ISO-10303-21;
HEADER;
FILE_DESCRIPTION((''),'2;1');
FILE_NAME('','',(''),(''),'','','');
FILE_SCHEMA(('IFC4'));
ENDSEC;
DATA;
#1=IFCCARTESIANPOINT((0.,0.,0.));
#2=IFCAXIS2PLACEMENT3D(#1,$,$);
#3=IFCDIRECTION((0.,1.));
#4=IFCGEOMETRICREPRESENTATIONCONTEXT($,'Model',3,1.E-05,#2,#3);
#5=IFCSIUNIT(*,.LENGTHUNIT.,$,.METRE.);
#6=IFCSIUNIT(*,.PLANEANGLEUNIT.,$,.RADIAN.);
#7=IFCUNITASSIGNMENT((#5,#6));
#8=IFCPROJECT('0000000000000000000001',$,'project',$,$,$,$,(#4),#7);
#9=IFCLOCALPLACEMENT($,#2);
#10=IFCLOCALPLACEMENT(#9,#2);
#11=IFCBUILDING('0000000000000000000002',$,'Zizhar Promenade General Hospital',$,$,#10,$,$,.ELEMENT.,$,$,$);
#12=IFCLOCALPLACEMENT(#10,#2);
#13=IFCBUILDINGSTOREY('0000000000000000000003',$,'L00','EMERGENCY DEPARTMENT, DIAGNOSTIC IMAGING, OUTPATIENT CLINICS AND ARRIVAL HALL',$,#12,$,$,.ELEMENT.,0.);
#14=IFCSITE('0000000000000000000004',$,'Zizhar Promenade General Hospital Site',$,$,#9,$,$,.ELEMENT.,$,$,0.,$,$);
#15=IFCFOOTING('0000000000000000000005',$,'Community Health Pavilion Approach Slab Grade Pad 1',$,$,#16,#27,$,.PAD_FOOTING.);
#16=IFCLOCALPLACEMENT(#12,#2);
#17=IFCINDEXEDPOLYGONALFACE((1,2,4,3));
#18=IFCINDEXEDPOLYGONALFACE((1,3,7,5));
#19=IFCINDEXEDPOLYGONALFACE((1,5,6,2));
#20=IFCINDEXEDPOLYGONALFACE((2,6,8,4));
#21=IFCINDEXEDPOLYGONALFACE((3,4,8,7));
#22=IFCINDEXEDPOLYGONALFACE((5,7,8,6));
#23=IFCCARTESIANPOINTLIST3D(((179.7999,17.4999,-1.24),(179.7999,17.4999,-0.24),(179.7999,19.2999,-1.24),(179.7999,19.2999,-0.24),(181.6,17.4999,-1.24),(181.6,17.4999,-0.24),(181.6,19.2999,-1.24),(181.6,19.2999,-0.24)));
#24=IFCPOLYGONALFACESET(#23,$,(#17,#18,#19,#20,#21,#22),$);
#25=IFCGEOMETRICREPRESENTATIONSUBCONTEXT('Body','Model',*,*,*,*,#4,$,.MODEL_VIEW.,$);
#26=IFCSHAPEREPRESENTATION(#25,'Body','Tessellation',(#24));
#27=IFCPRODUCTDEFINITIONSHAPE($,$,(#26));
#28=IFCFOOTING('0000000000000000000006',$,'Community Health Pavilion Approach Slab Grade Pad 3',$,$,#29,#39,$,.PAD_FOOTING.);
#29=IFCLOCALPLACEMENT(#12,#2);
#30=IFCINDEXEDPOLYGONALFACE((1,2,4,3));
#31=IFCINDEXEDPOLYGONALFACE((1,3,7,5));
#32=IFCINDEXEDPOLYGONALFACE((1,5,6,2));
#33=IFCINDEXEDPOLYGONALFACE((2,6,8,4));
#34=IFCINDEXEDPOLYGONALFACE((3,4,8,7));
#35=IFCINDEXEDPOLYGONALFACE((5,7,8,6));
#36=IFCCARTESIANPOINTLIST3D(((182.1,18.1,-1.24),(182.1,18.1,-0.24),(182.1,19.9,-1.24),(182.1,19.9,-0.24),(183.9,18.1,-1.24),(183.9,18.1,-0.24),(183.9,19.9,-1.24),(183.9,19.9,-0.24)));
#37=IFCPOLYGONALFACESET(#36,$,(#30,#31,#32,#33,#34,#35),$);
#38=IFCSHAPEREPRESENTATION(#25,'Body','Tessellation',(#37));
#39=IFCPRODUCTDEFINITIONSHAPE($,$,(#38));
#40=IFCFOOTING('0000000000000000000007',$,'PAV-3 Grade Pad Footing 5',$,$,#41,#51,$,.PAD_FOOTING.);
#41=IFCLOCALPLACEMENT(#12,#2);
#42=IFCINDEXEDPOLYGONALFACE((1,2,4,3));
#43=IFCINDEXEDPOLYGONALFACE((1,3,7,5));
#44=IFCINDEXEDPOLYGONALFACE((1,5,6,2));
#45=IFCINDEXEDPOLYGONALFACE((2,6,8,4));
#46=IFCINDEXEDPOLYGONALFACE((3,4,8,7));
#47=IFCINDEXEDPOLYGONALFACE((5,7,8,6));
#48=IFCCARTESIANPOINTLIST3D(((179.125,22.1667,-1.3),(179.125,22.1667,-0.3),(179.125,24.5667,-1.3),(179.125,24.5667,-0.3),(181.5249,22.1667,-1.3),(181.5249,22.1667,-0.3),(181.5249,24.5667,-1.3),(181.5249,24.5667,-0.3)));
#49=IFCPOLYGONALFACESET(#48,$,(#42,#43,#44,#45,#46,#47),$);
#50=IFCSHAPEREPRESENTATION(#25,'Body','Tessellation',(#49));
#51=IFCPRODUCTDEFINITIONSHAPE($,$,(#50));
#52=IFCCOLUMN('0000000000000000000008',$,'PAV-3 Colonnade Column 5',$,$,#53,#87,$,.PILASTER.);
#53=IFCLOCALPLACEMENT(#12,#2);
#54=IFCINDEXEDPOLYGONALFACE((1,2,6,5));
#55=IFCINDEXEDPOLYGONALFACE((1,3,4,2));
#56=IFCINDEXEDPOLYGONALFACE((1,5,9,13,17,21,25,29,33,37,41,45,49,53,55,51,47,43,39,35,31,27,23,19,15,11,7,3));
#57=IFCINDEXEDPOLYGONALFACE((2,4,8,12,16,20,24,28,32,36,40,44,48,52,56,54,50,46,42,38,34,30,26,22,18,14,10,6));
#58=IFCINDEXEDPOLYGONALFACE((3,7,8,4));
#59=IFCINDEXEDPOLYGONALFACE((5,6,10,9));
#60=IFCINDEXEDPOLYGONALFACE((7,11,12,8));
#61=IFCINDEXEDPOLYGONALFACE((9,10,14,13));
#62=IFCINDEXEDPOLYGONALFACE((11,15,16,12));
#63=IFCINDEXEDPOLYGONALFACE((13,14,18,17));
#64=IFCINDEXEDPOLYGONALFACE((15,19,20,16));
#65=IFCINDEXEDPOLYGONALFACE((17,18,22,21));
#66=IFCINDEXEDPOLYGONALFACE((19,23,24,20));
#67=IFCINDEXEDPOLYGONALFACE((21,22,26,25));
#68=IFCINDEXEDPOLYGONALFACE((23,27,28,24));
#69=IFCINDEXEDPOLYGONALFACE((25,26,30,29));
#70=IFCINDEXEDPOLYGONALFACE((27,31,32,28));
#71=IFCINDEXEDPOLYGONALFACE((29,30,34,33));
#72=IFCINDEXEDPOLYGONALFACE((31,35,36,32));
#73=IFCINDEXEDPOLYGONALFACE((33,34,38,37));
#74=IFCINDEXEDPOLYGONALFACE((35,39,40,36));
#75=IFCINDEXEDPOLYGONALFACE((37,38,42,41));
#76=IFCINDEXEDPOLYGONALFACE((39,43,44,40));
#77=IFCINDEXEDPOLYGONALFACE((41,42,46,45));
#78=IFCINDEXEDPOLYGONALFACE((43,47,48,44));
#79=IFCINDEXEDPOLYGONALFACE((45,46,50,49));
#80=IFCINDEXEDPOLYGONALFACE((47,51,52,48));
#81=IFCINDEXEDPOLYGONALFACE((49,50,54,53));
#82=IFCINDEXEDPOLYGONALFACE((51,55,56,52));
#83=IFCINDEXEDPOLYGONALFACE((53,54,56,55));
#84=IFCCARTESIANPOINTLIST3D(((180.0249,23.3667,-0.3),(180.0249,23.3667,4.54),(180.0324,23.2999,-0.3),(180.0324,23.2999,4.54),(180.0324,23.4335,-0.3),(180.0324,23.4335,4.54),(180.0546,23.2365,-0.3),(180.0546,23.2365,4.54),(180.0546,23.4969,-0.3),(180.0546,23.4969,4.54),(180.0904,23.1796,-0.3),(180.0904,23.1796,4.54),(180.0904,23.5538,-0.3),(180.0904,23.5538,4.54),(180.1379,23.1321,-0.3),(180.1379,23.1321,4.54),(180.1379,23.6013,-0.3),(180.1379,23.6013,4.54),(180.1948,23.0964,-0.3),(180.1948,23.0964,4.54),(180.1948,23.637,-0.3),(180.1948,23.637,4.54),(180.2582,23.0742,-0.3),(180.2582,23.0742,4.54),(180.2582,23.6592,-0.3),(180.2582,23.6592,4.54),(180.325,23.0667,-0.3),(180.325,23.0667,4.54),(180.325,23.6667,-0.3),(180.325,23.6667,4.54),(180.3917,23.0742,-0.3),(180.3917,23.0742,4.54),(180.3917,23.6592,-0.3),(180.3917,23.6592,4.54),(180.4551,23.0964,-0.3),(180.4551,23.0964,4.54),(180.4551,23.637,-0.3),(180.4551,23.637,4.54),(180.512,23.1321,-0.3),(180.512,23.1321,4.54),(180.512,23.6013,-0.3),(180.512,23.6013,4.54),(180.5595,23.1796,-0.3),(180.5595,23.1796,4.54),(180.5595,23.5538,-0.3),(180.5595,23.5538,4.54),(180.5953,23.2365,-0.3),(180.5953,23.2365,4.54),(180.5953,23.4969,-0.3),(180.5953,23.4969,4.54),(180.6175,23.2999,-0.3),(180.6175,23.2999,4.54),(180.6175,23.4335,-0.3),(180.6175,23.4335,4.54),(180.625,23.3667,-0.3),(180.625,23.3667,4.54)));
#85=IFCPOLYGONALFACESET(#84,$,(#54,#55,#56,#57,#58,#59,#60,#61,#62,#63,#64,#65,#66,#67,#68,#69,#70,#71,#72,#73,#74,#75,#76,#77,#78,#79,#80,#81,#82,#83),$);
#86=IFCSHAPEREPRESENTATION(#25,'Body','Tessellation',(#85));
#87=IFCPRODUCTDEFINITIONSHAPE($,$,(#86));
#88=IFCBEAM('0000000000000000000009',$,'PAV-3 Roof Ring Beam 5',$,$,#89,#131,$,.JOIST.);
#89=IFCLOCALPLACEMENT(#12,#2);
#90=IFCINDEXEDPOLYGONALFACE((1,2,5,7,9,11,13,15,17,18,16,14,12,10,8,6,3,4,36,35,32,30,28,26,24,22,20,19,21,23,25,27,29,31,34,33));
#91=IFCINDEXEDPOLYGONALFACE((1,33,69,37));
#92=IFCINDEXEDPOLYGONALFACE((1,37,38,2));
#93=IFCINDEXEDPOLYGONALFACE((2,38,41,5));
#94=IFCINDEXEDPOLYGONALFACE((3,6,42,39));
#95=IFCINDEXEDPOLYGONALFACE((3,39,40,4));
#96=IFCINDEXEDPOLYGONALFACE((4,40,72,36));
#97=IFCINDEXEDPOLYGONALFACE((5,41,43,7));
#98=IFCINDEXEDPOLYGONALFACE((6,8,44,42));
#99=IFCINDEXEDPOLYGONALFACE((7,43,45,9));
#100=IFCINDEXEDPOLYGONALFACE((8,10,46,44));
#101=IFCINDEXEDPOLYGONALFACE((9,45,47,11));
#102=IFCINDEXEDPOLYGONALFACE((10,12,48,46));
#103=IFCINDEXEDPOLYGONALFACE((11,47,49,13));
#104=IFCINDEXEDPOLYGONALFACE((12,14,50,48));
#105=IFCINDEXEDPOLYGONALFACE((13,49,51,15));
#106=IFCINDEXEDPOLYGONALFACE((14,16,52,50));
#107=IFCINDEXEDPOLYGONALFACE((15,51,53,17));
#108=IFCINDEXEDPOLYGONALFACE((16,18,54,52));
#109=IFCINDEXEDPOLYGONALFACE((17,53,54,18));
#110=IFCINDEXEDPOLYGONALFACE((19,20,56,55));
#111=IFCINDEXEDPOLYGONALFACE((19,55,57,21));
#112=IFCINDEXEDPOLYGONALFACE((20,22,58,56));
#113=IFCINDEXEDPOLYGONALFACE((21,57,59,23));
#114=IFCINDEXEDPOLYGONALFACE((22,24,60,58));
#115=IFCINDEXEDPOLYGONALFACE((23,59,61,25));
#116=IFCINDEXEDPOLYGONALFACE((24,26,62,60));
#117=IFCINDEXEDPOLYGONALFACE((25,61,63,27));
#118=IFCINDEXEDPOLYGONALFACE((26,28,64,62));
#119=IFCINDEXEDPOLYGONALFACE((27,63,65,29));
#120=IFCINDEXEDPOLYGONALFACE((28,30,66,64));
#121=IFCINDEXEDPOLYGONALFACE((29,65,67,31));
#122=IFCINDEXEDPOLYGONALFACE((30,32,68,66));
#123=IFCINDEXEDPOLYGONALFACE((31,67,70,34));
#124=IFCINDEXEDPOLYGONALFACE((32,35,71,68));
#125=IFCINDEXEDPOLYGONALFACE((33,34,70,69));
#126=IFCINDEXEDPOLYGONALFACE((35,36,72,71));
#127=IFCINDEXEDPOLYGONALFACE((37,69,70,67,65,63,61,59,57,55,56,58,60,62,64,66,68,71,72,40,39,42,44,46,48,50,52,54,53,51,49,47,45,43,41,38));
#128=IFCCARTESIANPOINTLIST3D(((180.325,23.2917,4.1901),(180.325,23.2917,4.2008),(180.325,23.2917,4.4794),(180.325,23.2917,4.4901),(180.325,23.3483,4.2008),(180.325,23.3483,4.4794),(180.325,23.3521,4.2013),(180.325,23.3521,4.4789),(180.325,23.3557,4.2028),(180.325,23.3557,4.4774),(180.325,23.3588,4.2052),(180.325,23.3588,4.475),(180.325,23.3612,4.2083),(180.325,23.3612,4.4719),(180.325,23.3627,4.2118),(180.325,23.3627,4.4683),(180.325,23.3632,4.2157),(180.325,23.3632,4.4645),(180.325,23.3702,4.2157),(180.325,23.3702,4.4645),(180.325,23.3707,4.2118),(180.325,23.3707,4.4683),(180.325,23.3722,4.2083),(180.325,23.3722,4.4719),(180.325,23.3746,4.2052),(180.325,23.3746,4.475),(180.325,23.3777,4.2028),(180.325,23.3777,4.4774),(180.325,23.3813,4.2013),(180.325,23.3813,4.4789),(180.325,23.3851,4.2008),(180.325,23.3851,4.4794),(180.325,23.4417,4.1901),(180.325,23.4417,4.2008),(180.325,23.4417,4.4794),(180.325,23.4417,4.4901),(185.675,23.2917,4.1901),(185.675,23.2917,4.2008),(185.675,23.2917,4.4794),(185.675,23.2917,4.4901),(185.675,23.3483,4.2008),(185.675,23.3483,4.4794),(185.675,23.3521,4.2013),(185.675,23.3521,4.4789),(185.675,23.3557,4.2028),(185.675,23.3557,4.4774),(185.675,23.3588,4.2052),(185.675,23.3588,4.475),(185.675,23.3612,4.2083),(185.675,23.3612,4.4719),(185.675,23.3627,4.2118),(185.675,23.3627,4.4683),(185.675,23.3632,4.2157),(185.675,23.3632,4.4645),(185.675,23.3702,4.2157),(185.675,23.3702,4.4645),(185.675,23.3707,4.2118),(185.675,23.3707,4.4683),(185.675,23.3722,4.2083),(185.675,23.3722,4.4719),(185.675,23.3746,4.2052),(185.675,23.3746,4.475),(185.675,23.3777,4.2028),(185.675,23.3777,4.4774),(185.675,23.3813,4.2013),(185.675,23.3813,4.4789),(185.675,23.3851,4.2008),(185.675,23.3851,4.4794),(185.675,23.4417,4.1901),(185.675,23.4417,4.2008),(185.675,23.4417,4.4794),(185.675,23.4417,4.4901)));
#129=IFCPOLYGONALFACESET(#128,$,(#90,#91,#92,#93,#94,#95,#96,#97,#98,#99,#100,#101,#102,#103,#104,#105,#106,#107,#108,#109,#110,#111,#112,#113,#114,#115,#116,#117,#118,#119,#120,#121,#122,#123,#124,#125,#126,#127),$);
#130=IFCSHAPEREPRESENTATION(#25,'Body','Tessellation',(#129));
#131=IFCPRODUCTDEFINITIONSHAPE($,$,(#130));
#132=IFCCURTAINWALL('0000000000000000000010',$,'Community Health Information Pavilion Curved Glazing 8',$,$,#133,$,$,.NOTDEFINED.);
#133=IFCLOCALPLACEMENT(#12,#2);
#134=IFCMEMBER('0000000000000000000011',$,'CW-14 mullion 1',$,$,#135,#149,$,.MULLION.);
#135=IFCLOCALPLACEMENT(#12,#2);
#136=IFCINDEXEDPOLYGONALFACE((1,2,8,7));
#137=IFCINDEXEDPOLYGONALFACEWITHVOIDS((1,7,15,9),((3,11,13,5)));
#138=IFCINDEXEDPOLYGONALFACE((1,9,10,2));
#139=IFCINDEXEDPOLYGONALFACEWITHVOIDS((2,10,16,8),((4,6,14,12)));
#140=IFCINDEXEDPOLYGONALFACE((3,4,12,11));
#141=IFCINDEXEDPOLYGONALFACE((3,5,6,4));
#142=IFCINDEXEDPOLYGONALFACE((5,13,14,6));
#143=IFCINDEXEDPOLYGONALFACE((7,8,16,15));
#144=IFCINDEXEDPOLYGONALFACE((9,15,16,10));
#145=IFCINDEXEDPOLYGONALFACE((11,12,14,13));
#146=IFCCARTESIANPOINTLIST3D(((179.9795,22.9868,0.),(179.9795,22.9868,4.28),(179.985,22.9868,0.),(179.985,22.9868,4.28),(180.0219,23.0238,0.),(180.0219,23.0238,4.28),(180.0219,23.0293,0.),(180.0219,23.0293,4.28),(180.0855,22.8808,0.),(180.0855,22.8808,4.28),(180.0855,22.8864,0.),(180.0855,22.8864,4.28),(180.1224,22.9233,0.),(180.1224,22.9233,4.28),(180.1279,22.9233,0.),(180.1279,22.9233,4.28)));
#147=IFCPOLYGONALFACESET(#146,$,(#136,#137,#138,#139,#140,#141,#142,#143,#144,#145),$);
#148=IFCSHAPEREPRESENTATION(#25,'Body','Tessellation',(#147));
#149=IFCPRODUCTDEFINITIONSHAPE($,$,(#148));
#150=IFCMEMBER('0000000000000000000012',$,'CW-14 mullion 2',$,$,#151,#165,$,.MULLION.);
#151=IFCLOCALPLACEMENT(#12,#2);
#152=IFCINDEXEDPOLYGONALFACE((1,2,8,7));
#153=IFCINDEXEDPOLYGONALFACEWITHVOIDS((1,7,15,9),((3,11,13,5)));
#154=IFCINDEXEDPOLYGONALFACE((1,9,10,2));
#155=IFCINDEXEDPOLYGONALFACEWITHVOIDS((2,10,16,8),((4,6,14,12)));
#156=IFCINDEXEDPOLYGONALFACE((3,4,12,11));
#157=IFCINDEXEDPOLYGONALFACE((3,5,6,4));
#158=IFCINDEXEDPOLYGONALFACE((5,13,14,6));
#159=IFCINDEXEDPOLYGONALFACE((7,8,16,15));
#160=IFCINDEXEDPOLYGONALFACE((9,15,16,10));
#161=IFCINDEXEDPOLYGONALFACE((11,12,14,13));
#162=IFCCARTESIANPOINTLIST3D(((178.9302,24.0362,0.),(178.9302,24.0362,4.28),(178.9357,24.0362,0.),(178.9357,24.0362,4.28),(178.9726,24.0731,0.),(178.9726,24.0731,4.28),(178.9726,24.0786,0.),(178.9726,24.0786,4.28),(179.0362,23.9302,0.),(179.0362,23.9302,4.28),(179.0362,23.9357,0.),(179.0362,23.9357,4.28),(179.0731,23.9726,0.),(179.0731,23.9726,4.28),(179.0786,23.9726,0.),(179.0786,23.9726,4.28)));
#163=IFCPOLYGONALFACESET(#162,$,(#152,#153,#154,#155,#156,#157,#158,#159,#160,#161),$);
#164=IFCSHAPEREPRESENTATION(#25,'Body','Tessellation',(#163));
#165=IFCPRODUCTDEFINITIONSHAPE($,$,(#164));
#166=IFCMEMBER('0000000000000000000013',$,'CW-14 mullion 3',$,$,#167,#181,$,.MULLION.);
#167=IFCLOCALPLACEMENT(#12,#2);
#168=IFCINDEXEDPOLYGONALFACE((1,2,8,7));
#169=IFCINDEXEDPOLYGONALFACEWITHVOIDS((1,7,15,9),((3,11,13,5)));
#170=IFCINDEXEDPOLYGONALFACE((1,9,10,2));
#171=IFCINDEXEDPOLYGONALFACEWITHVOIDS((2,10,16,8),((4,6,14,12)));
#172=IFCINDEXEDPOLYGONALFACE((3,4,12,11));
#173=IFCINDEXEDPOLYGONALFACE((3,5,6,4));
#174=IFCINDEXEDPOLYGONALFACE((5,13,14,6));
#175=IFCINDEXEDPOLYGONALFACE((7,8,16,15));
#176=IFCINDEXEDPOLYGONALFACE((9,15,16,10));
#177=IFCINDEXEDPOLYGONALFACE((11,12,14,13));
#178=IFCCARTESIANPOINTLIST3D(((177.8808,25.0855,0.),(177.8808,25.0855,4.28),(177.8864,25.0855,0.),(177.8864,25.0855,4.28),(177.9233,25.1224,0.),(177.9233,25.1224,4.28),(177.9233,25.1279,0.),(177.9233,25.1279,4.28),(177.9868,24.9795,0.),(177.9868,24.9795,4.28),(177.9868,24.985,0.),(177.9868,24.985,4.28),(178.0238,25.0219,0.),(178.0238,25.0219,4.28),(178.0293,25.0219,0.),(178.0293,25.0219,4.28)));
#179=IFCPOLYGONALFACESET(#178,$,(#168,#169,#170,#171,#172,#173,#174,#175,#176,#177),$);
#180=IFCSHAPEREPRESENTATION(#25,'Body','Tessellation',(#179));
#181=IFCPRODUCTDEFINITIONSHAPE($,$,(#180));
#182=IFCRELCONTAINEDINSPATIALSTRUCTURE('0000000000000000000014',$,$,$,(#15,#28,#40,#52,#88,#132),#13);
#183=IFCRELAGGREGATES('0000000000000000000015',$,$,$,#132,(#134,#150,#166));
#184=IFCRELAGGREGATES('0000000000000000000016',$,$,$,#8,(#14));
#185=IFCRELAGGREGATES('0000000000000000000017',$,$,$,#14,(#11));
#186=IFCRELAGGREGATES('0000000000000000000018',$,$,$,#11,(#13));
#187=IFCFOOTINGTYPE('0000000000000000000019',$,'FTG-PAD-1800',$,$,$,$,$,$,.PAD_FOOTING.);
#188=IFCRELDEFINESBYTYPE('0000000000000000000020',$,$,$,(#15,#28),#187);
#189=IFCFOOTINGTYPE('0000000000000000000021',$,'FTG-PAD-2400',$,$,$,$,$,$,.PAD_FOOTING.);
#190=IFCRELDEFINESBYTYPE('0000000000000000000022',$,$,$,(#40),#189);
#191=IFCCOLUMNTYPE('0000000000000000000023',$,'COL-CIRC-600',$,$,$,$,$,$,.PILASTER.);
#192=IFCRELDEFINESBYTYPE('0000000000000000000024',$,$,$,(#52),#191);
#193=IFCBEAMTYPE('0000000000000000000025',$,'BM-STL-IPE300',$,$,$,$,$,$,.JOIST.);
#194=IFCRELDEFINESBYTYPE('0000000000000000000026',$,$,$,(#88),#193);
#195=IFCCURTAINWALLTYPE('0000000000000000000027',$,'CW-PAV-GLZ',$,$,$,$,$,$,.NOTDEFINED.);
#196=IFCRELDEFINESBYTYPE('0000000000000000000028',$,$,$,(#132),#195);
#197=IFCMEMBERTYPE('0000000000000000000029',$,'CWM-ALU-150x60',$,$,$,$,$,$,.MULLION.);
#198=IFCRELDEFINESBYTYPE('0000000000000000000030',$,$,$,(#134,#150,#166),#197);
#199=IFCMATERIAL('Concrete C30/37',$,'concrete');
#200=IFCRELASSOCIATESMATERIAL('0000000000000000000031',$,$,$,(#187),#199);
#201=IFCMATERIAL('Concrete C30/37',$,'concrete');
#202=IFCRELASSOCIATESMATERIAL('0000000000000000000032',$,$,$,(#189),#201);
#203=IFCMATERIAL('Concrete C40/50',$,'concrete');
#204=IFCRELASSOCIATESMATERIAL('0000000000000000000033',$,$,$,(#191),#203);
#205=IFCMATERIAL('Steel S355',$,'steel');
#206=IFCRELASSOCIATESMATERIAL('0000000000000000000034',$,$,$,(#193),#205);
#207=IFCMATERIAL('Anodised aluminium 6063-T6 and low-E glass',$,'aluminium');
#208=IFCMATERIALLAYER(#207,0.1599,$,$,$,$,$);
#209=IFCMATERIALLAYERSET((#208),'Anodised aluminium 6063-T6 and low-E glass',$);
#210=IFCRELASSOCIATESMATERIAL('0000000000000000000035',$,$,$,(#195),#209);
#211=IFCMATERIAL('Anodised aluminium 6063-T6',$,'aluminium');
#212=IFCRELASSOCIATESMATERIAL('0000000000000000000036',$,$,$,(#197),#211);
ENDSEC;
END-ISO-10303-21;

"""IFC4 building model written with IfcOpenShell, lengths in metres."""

from ifc_helpers import new_model, si_unit, direction, frame, origin, origin_2d, place, context, subcontext, project, spatial, rectangle, hollow_rectangle, circle, i_section, extrude, material, layer, layer_set, material_profile, profile_set, type_object, element, aggregate, save


model = new_model("IFC4")

# Units and contexts
model_context = context("Model", 3, precision=1e-05, world=origin(), true_north=direction((0.0, 1.0)))
body_context = subcontext(model_context, "Body", "Model", "MODEL_VIEW")
ifc_project = project(units=[si_unit("LENGTHUNIT", "METRE"), si_unit("PLANEANGLEUNIT", "RADIAN")], contexts=[model_context])

# Site, building, storey
site_placement = place(None, origin())
site = spatial("IfcSite", under=ifc_project, at=site_placement, Name="Zizhar Promenade General Hospital Site", CompositionType="ELEMENT", RefElevation=0.0)
building_placement = place(site_placement, origin())
building = spatial("IfcBuilding", under=site, at=building_placement, Name="Zizhar Promenade General Hospital", CompositionType="ELEMENT")
storey_placement = place(building_placement, origin())
storey = spatial("IfcBuildingStorey", under=building, at=storey_placement, Name="L00", Description="EMERGENCY DEPARTMENT, DIAGNOSTIC IMAGING, OUTPATIENT CLINICS AND ARRIVAL HALL", CompositionType="ELEMENT", Elevation=0.0)

# Footings
ifc_material_1 = material(Name="Concrete C30/37", Category="concrete")
footing_type_1 = type_object("IfcFootingType", Name="FTG-PAD-1800", PredefinedType="PAD_FOOTING", material=ifc_material_1)
for number, where, z_axis, x_axis, name in (
    (1, (180.7, 18.3999, -1.24), (0.0, 0.0, 1.0), (1.0, 0.0, 0.0), "Community Health Pavilion Approach Slab Grade Pad 1"),
    (2, (183.0, 19.0, -1.24), (0.0, 0.0, 1.0), (1.0, 0.0, 0.0), "Community Health Pavilion Approach Slab Grade Pad 3"),
):
    element("IfcFooting", number, at=place(storey_placement, frame(where, z_axis=z_axis, x_axis=x_axis)), inside=storey, type_object=footing_type_1, Name=name, PredefinedType="PAD_FOOTING", context=body_context, shape_type="SweptSolid", body=[
        extrude(rectangle(XDim=1.8, YDim=1.8, at=origin_2d()), origin(), (0.0, 0.0, 1.0), 1.0),
    ])
ifc_material_2 = material(Name="Concrete C30/37", Category="concrete")
footing_type_2 = type_object("IfcFootingType", Name="FTG-PAD-2400", PredefinedType="PAD_FOOTING", material=ifc_material_2)
footing_placement = place(storey_placement, frame((180.325, 23.3667, -1.3), z_axis=(0.0, 0.0, 1.0), x_axis=(1.0, 0.0, 0.0)))
element("IfcFooting", 3, at=footing_placement, inside=storey, type_object=footing_type_2, Name="PAV-3 Grade Pad Footing 5", PredefinedType="PAD_FOOTING", context=body_context, shape_type="SweptSolid", body=[
    extrude(rectangle(XDim=2.3999, YDim=2.3999, at=origin_2d()), origin(), (0.0, 0.0, 1.0), 1.0),
])

# Column
ifc_material_3 = material(Name="Concrete C40/50", Category="concrete")
ifc_material_profile_1 = material_profile(ifc_material_3, circle(Radius=0.3, at=origin_2d()))
ifc_profile_set_1 = profile_set([ifc_material_profile_1], Name="Concrete C40/50")
column_type = type_object("IfcColumnType", Name="COL-CIRC-600", PredefinedType="PILASTER", material=ifc_profile_set_1)
column_placement = place(storey_placement, frame((180.325, 23.3667, -0.3), z_axis=(0.0, 0.0, 1.0), x_axis=(1.0, 0.0, 0.0)))
element("IfcColumn", 4, at=column_placement, inside=storey, type_object=column_type, Name="PAV-3 Colonnade Column 5", PredefinedType="PILASTER", context=body_context, shape_type="SweptSolid", body=[
    extrude(circle(Radius=0.3, at=origin_2d()), origin(), (0.0, 0.0, 1.0), 4.8401),
])

# Beam
ifc_material_4 = material(Name="Steel S355", Category="steel")
ifc_material_profile_2 = material_profile(ifc_material_4, i_section(OverallWidth=0.1499, OverallDepth=0.3, WebThickness=0.0071, FlangeThickness=0.0107, FilletRadius=0.0149, at=origin_2d()))
ifc_profile_set_2 = profile_set([ifc_material_profile_2], Name="Steel S355")
beam_type = type_object("IfcBeamType", Name="BM-STL-IPE300", PredefinedType="JOIST", material=ifc_profile_set_2)
beam_placement = place(storey_placement, frame((180.325, 23.3667, 4.3401), z_axis=(1.0, 0.0, 0.0), x_axis=(0.0, 1.0, 0.0)))
element("IfcBeam", 5, at=beam_placement, inside=storey, type_object=beam_type, Name="PAV-3 Roof Ring Beam 5", PredefinedType="JOIST", context=body_context, shape_type="SweptSolid", body=[
    extrude(i_section(OverallWidth=0.1499, OverallDepth=0.3, WebThickness=0.0071, FlangeThickness=0.0107, FilletRadius=0.0149, at=origin_2d()), origin(), (0.0, 0.0, 1.0), 5.3501),
])

# Curtain wall, members
ifc_material_5 = material(Name="Anodised aluminium 6063-T6 and low-E glass", Category="aluminium")
ifc_layer_1 = layer(ifc_material_5, 0.1599)
ifc_layer_set_1 = layer_set([ifc_layer_1], Name="Anodised aluminium 6063-T6 and low-E glass")
curtain_wall_type = type_object("IfcCurtainWallType", Name="CW-PAV-GLZ", PredefinedType="NOTDEFINED", material=ifc_layer_set_1)
curtain_wall_1_placement = place(storey_placement, origin())
curtain_wall_1 = element("IfcCurtainWall", 6, at=curtain_wall_1_placement, inside=storey, type_object=curtain_wall_type, Name="Community Health Information Pavilion Curved Glazing 8", PredefinedType="NOTDEFINED")
ifc_material_6 = material(Name="Anodised aluminium 6063-T6", Category="aluminium")
ifc_material_profile_3 = material_profile(ifc_material_6, hollow_rectangle(XDim=0.0601, YDim=0.1499, WallThickness=0.0039, at=origin_2d()))
ifc_profile_set_3 = profile_set([ifc_material_profile_3], Name="Anodised aluminium 6063-T6")
member_type_1 = type_object("IfcMemberType", Name="CWM-ALU-150x60", PredefinedType="MULLION", material=ifc_profile_set_3)
member_1_placement = place(storey_placement, frame((180.0537, 22.9551, 0.0), z_axis=(0.0, 0.0, 1.0), x_axis=(-0.707107, -0.707107, 0.0)))
member_1 = element("IfcMember", 7, at=member_1_placement, type_object=member_type_1, Name="CW-14 mullion 1", PredefinedType="MULLION", context=body_context, shape_type="SweptSolid", body=[
    extrude(hollow_rectangle(XDim=0.0601, YDim=0.1499, WallThickness=0.0039, at=origin_2d()), origin(), (0.0, 0.0, 1.0), 4.28),
])
member_2_placement = place(storey_placement, frame((179.0044, 24.0044, 0.0), z_axis=(0.0, 0.0, 1.0), x_axis=(-0.707107, -0.707107, 0.0)))
member_2 = element("IfcMember", 8, at=member_2_placement, type_object=member_type_1, Name="CW-14 mullion 2", PredefinedType="MULLION", context=body_context, shape_type="SweptSolid", body=[
    extrude(hollow_rectangle(XDim=0.0601, YDim=0.1499, WallThickness=0.0039, at=origin_2d()), origin(), (0.0, 0.0, 1.0), 4.28),
])
member_3_placement = place(storey_placement, frame((177.9551, 25.0537, 0.0), z_axis=(0.0, 0.0, 1.0), x_axis=(-0.707107, -0.707107, 0.0)))
member_3 = element("IfcMember", 9, at=member_3_placement, type_object=member_type_1, Name="CW-14 mullion 3", PredefinedType="MULLION", context=body_context, shape_type="SweptSolid", body=[
    extrude(hollow_rectangle(XDim=0.0601, YDim=0.1499, WallThickness=0.0039, at=origin_2d()), origin(), (0.0, 0.0, 1.0), 4.28),
])

aggregate(curtain_wall_1, [member_1, member_2, member_3])

save(model, "model.ifc")
